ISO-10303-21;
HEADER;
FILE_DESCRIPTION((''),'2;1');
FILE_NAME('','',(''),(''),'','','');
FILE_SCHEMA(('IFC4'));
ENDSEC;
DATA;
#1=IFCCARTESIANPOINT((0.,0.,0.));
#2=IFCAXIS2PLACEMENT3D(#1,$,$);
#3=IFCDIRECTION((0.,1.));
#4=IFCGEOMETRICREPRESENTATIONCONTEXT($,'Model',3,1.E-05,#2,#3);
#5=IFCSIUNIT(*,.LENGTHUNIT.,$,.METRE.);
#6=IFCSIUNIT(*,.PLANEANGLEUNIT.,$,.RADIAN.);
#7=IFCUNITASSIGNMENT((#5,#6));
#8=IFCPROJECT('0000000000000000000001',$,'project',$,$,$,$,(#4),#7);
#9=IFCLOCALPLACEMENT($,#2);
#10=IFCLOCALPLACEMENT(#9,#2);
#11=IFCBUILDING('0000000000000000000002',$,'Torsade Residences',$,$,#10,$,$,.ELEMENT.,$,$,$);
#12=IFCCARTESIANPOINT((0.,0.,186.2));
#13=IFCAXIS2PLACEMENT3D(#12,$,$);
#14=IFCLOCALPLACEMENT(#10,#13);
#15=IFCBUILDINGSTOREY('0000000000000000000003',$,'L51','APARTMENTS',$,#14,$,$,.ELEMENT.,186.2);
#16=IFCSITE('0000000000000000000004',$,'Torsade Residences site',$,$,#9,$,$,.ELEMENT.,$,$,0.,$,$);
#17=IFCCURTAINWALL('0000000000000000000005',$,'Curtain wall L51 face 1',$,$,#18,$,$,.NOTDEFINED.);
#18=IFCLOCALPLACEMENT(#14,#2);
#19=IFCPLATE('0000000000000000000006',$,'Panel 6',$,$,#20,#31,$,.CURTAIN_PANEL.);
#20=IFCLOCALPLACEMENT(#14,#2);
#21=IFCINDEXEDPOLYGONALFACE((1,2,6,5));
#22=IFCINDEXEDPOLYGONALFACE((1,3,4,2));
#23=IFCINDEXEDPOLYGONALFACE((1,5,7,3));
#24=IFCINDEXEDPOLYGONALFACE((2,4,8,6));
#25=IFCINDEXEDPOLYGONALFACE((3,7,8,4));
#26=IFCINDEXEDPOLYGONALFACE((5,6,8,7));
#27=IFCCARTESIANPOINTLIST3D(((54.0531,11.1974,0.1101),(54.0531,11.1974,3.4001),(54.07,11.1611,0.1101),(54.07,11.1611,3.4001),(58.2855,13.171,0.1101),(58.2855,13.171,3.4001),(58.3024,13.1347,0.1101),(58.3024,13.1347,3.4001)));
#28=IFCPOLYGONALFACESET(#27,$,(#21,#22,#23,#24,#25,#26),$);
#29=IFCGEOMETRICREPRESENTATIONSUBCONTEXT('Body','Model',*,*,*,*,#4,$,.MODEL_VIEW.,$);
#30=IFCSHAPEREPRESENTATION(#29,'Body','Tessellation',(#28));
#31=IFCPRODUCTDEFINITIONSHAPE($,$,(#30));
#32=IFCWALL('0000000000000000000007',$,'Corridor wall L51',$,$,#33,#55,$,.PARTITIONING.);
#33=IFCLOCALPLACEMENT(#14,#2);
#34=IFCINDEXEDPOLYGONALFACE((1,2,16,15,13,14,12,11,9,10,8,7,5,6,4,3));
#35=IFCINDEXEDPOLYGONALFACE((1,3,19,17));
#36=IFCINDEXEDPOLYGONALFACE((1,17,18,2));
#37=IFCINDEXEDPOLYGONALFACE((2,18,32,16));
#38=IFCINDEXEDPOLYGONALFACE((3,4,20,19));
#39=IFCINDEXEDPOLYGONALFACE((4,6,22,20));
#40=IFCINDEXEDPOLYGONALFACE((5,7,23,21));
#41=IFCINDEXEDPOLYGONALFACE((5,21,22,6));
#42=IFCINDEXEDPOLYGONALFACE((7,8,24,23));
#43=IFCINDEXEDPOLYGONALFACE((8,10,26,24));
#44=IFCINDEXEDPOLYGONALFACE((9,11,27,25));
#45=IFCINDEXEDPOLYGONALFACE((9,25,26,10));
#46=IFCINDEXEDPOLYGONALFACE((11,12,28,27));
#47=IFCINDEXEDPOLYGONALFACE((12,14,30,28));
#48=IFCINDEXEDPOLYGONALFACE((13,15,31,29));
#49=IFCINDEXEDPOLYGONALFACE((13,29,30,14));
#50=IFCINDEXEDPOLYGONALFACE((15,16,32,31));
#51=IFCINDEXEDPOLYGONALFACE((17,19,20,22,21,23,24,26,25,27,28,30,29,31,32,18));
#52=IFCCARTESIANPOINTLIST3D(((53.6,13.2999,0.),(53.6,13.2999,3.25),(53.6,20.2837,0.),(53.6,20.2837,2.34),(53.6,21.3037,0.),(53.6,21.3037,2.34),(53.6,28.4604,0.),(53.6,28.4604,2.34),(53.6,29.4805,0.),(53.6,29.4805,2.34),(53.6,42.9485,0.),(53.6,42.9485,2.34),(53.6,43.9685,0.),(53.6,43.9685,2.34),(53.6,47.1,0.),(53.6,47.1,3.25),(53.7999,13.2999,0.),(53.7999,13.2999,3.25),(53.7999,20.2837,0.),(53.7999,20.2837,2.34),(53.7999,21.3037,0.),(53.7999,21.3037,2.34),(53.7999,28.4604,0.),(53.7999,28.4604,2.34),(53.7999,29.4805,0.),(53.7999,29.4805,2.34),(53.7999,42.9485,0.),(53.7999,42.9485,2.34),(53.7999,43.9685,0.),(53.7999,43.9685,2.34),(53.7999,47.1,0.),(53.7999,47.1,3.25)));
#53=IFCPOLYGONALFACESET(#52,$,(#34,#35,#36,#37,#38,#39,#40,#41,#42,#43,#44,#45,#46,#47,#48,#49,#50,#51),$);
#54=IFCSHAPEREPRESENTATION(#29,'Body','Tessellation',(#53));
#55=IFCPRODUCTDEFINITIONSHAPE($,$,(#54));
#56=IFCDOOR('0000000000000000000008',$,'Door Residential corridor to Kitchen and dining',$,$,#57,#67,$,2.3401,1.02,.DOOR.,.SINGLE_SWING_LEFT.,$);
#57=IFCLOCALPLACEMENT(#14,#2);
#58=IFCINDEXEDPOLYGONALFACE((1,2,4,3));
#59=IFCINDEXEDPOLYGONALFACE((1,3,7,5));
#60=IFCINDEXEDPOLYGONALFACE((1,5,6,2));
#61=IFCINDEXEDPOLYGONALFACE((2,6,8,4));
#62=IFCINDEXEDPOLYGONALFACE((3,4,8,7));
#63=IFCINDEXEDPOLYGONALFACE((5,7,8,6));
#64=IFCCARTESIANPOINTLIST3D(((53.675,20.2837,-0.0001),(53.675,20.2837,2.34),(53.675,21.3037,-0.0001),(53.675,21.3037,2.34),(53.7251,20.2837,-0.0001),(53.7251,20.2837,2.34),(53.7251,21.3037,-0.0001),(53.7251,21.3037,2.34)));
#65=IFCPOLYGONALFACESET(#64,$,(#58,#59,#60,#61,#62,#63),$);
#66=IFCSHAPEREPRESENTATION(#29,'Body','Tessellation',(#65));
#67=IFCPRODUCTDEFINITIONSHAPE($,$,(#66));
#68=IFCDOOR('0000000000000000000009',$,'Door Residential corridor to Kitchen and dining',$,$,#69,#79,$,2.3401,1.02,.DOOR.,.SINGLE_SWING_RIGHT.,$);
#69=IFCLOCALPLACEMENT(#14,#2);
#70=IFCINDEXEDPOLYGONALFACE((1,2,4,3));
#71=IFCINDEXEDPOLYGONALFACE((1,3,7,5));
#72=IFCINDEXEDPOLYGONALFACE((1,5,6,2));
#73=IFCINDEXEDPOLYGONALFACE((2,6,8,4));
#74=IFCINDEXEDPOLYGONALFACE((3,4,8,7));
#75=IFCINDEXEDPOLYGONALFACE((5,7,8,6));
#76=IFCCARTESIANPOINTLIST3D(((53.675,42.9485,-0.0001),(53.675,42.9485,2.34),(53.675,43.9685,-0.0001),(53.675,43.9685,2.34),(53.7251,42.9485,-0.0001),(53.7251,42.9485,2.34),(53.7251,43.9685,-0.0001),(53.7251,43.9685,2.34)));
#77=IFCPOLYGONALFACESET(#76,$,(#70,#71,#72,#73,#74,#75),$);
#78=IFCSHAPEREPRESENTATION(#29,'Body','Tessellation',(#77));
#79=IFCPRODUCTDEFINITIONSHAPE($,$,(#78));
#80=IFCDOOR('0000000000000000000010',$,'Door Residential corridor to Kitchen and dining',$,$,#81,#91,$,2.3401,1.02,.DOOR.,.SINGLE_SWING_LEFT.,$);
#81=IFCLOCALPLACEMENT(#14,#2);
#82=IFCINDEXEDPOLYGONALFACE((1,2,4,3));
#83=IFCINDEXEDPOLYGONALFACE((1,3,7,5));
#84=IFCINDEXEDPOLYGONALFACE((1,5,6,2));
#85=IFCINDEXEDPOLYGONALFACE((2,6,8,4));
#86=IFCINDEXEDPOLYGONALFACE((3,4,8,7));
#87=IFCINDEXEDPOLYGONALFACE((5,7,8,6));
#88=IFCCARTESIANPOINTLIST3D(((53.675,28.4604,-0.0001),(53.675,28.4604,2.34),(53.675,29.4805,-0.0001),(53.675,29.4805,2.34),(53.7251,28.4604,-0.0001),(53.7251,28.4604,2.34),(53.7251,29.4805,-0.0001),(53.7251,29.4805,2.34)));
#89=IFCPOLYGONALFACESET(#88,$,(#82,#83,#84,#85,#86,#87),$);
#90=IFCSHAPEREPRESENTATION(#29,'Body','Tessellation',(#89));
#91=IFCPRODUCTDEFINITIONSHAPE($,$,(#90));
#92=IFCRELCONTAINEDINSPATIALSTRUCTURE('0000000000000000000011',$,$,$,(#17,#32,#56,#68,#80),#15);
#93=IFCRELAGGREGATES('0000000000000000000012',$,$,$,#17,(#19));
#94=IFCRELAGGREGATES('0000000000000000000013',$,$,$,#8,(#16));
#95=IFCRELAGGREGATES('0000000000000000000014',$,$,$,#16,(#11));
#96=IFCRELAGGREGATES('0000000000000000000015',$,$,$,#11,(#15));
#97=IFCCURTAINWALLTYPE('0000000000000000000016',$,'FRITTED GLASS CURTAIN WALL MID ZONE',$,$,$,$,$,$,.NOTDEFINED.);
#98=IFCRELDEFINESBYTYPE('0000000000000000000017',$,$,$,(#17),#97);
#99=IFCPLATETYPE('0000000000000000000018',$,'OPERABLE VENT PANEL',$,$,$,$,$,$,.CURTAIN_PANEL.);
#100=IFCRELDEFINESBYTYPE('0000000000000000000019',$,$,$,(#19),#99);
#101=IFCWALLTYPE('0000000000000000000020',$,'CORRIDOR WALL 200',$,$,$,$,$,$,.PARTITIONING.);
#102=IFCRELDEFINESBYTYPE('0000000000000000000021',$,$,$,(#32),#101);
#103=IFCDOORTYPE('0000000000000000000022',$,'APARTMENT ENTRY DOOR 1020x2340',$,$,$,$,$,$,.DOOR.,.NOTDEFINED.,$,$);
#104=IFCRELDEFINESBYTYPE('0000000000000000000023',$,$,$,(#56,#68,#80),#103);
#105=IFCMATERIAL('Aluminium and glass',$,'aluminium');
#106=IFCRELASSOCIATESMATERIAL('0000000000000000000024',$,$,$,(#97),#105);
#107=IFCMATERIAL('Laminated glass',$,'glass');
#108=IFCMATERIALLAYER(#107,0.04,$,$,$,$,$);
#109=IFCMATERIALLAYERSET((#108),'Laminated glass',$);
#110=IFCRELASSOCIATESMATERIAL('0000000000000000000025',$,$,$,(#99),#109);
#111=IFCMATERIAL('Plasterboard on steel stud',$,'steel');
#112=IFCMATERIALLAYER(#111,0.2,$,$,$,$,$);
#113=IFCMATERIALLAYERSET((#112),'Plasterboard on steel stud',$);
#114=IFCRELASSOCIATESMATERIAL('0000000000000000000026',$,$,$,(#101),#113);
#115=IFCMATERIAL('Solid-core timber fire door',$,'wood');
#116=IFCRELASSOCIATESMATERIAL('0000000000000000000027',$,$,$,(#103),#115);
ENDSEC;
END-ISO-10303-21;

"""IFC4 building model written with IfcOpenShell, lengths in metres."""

from ifc_helpers import new_model, si_unit, direction, frame, frame_2d, origin, origin_2d, place, context, subcontext, project, spatial, rectangle, extrude, material, layer, layer_set, type_object, element, fill, aggregate, save


model = new_model("IFC4")

# Units and contexts
model_context = context("Model", 3, precision=1e-05, world=origin(), true_north=direction((0.0, 1.0)))
body_context = subcontext(model_context, "Body", "Model", "MODEL_VIEW")
ifc_project = project(units=[si_unit("LENGTHUNIT", "METRE"), si_unit("PLANEANGLEUNIT", "RADIAN")], contexts=[model_context])

# Site, building, storey
site_placement = place(None, origin())
site = spatial("IfcSite", under=ifc_project, at=site_placement, Name="Torsade Residences site", CompositionType="ELEMENT", RefElevation=0.0)
building_placement = place(site_placement, origin())
building = spatial("IfcBuilding", under=site, at=building_placement, Name="Torsade Residences", CompositionType="ELEMENT")
storey_placement = place(building_placement, frame((0.0, 0.0, 186.2)))
storey = spatial("IfcBuildingStorey", under=building, at=storey_placement, Name="L51", Description="APARTMENTS", CompositionType="ELEMENT", Elevation=186.2)

# Curtain wall
ifc_material_1 = material(Name="Aluminium and glass", Category="aluminium")
curtain_wall_type = type_object("IfcCurtainWallType", Name="FRITTED GLASS CURTAIN WALL MID ZONE", PredefinedType="NOTDEFINED", material=ifc_material_1)
curtain_wall_placement = place(storey_placement, origin())
curtain_wall = element("IfcCurtainWall", 1, at=curtain_wall_placement, inside=storey, type_object=curtain_wall_type, Name="Curtain wall L51 face 1", PredefinedType="NOTDEFINED")

# Plate
ifc_material_2 = material(Name="Laminated glass", Category="glass")
ifc_layer_1 = layer(ifc_material_2, 0.04)
ifc_layer_set_1 = layer_set([ifc_layer_1], Name="Laminated glass")
plate_type_1 = type_object("IfcPlateType", Name="OPERABLE VENT PANEL", PredefinedType="CURTAIN_PANEL", material=ifc_layer_set_1)
plate_1_placement = place(storey_placement, frame((56.1777, 12.166, 0.1101), z_axis=(0.0, 0.0, 1.0), x_axis=(0.906308, 0.422618, 0.0)))
plate_1 = element("IfcPlate", 2, at=plate_1_placement, type_object=plate_type_1, Name="Panel 6", PredefinedType="CURTAIN_PANEL", context=body_context, shape_type="SweptSolid", body=[
    extrude(rectangle(XDim=4.6699, YDim=0.04, at=origin_2d()), origin(), (0.0, 0.0, 1.0), 3.29),
])
aggregate(curtain_wall, [plate_1])

# Wall, openings, doors
ifc_material_3 = material(Name="Plasterboard on steel stud", Category="steel")
ifc_layer_2 = layer(ifc_material_3, 0.2)
ifc_layer_set_2 = layer_set([ifc_layer_2], Name="Plasterboard on steel stud")
wall_type_1 = type_object("IfcWallType", Name="CORRIDOR WALL 200", PredefinedType="PARTITIONING", material=ifc_layer_set_2)
wall_1_placement = place(storey_placement, frame((53.7, 13.3, 0.0), z_axis=(0.0, 0.0, 1.0), x_axis=(0.0, 1.0, 0.0)))
wall_1 = element("IfcWall", 3, at=wall_1_placement, inside=storey, type_object=wall_type_1, Name="Corridor wall L51", PredefinedType="PARTITIONING", context=body_context, shape_type="SweptSolid", body=[
    extrude(rectangle(XDim=33.8, YDim=0.2, at=frame_2d((16.8999, 0.0))), origin(), (0.0, 0.0, 1.0), 3.25),
])
opening_1_placement = place(wall_1_placement, frame((6.9836, 0.0, 0.0)))
opening_1 = element("IfcOpeningElement", 4, at=opening_1_placement, cuts=wall_1, PredefinedType="OPENING", context=body_context, shape_type="SweptSolid", body=[
    extrude(rectangle(XDim=1.02, YDim=2.3401, at=frame_2d((0.51, 1.1699))), frame((0.0, 0.1099, 0.0), z_axis=(0.0, -1.0, 0.0), x_axis=(1.0, 0.0, 0.0)), (0.0, 0.0, 1.0), 0.22),
])
opening_2_placement = place(wall_1_placement, frame((29.6484, 0.0, 0.0)))
opening_2 = element("IfcOpeningElement", 5, at=opening_2_placement, cuts=wall_1, PredefinedType="OPENING", context=body_context, shape_type="SweptSolid", body=[
    extrude(rectangle(XDim=1.02, YDim=2.3401, at=frame_2d((0.51, 1.1699))), frame((0.0, 0.1099, 0.0), z_axis=(0.0, -1.0, 0.0), x_axis=(1.0, 0.0, 0.0)), (0.0, 0.0, 1.0), 0.22),
])
opening_3_placement = place(wall_1_placement, frame((15.1604, 0.0, 0.0)))
opening_3 = element("IfcOpeningElement", 6, at=opening_3_placement, cuts=wall_1, PredefinedType="OPENING", context=body_context, shape_type="SweptSolid", body=[
    extrude(rectangle(XDim=1.02, YDim=2.3401, at=frame_2d((0.51, 1.1699))), frame((0.0, 0.1099, 0.0), z_axis=(0.0, -1.0, 0.0), x_axis=(1.0, 0.0, 0.0)), (0.0, 0.0, 1.0), 0.22),
])
ifc_material_4 = material(Name="Solid-core timber fire door", Category="wood")
door_type_1 = type_object("IfcDoorType", Name="APARTMENT ENTRY DOOR 1020x2340", OperationType="NOTDEFINED", PredefinedType="DOOR", material=ifc_material_4)
door_1_placement = place(opening_1_placement, origin())
door_1 = element("IfcDoor", 7, at=door_1_placement, inside=storey, type_object=door_type_1, Name="Door Residential corridor to Kitchen and dining", OperationType="SINGLE_SWING_LEFT", OverallHeight=2.3401, OverallWidth=1.02, PredefinedType="DOOR", context=body_context, shape_type="SweptSolid", body=[
    extrude(rectangle(XDim=1.02, YDim=2.3401, at=frame_2d((0.51, 1.1699))), frame((0.0, 0.0249, 0.0), z_axis=(0.0, -1.0, 0.0), x_axis=(1.0, 0.0, 0.0)), (0.0, 0.0, 1.0), 0.05),
])
fill(opening_1, door_1)
door_2_placement = place(opening_2_placement, origin())
door_2 = element("IfcDoor", 8, at=door_2_placement, inside=storey, type_object=door_type_1, Name="Door Residential corridor to Kitchen and dining", OperationType="SINGLE_SWING_RIGHT", OverallHeight=2.3401, OverallWidth=1.02, PredefinedType="DOOR", context=body_context, shape_type="SweptSolid", body=[
    extrude(rectangle(XDim=1.02, YDim=2.3401, at=frame_2d((0.51, 1.1699))), frame((0.0, 0.0249, 0.0), z_axis=(0.0, -1.0, 0.0), x_axis=(1.0, 0.0, 0.0)), (0.0, 0.0, 1.0), 0.05),
])
fill(opening_2, door_2)
door_3_placement = place(opening_3_placement, origin())
door_3 = element("IfcDoor", 9, at=door_3_placement, inside=storey, type_object=door_type_1, Name="Door Residential corridor to Kitchen and dining", OperationType="SINGLE_SWING_LEFT", OverallHeight=2.3401, OverallWidth=1.02, PredefinedType="DOOR", context=body_context, shape_type="SweptSolid", body=[
    extrude(rectangle(XDim=1.02, YDim=2.3401, at=frame_2d((0.51, 1.1699))), frame((0.0, 0.0249, 0.0), z_axis=(0.0, -1.0, 0.0), x_axis=(1.0, 0.0, 0.0)), (0.0, 0.0, 1.0), 0.05),
])
fill(opening_3, door_3)

save(model, "model.ifc")
